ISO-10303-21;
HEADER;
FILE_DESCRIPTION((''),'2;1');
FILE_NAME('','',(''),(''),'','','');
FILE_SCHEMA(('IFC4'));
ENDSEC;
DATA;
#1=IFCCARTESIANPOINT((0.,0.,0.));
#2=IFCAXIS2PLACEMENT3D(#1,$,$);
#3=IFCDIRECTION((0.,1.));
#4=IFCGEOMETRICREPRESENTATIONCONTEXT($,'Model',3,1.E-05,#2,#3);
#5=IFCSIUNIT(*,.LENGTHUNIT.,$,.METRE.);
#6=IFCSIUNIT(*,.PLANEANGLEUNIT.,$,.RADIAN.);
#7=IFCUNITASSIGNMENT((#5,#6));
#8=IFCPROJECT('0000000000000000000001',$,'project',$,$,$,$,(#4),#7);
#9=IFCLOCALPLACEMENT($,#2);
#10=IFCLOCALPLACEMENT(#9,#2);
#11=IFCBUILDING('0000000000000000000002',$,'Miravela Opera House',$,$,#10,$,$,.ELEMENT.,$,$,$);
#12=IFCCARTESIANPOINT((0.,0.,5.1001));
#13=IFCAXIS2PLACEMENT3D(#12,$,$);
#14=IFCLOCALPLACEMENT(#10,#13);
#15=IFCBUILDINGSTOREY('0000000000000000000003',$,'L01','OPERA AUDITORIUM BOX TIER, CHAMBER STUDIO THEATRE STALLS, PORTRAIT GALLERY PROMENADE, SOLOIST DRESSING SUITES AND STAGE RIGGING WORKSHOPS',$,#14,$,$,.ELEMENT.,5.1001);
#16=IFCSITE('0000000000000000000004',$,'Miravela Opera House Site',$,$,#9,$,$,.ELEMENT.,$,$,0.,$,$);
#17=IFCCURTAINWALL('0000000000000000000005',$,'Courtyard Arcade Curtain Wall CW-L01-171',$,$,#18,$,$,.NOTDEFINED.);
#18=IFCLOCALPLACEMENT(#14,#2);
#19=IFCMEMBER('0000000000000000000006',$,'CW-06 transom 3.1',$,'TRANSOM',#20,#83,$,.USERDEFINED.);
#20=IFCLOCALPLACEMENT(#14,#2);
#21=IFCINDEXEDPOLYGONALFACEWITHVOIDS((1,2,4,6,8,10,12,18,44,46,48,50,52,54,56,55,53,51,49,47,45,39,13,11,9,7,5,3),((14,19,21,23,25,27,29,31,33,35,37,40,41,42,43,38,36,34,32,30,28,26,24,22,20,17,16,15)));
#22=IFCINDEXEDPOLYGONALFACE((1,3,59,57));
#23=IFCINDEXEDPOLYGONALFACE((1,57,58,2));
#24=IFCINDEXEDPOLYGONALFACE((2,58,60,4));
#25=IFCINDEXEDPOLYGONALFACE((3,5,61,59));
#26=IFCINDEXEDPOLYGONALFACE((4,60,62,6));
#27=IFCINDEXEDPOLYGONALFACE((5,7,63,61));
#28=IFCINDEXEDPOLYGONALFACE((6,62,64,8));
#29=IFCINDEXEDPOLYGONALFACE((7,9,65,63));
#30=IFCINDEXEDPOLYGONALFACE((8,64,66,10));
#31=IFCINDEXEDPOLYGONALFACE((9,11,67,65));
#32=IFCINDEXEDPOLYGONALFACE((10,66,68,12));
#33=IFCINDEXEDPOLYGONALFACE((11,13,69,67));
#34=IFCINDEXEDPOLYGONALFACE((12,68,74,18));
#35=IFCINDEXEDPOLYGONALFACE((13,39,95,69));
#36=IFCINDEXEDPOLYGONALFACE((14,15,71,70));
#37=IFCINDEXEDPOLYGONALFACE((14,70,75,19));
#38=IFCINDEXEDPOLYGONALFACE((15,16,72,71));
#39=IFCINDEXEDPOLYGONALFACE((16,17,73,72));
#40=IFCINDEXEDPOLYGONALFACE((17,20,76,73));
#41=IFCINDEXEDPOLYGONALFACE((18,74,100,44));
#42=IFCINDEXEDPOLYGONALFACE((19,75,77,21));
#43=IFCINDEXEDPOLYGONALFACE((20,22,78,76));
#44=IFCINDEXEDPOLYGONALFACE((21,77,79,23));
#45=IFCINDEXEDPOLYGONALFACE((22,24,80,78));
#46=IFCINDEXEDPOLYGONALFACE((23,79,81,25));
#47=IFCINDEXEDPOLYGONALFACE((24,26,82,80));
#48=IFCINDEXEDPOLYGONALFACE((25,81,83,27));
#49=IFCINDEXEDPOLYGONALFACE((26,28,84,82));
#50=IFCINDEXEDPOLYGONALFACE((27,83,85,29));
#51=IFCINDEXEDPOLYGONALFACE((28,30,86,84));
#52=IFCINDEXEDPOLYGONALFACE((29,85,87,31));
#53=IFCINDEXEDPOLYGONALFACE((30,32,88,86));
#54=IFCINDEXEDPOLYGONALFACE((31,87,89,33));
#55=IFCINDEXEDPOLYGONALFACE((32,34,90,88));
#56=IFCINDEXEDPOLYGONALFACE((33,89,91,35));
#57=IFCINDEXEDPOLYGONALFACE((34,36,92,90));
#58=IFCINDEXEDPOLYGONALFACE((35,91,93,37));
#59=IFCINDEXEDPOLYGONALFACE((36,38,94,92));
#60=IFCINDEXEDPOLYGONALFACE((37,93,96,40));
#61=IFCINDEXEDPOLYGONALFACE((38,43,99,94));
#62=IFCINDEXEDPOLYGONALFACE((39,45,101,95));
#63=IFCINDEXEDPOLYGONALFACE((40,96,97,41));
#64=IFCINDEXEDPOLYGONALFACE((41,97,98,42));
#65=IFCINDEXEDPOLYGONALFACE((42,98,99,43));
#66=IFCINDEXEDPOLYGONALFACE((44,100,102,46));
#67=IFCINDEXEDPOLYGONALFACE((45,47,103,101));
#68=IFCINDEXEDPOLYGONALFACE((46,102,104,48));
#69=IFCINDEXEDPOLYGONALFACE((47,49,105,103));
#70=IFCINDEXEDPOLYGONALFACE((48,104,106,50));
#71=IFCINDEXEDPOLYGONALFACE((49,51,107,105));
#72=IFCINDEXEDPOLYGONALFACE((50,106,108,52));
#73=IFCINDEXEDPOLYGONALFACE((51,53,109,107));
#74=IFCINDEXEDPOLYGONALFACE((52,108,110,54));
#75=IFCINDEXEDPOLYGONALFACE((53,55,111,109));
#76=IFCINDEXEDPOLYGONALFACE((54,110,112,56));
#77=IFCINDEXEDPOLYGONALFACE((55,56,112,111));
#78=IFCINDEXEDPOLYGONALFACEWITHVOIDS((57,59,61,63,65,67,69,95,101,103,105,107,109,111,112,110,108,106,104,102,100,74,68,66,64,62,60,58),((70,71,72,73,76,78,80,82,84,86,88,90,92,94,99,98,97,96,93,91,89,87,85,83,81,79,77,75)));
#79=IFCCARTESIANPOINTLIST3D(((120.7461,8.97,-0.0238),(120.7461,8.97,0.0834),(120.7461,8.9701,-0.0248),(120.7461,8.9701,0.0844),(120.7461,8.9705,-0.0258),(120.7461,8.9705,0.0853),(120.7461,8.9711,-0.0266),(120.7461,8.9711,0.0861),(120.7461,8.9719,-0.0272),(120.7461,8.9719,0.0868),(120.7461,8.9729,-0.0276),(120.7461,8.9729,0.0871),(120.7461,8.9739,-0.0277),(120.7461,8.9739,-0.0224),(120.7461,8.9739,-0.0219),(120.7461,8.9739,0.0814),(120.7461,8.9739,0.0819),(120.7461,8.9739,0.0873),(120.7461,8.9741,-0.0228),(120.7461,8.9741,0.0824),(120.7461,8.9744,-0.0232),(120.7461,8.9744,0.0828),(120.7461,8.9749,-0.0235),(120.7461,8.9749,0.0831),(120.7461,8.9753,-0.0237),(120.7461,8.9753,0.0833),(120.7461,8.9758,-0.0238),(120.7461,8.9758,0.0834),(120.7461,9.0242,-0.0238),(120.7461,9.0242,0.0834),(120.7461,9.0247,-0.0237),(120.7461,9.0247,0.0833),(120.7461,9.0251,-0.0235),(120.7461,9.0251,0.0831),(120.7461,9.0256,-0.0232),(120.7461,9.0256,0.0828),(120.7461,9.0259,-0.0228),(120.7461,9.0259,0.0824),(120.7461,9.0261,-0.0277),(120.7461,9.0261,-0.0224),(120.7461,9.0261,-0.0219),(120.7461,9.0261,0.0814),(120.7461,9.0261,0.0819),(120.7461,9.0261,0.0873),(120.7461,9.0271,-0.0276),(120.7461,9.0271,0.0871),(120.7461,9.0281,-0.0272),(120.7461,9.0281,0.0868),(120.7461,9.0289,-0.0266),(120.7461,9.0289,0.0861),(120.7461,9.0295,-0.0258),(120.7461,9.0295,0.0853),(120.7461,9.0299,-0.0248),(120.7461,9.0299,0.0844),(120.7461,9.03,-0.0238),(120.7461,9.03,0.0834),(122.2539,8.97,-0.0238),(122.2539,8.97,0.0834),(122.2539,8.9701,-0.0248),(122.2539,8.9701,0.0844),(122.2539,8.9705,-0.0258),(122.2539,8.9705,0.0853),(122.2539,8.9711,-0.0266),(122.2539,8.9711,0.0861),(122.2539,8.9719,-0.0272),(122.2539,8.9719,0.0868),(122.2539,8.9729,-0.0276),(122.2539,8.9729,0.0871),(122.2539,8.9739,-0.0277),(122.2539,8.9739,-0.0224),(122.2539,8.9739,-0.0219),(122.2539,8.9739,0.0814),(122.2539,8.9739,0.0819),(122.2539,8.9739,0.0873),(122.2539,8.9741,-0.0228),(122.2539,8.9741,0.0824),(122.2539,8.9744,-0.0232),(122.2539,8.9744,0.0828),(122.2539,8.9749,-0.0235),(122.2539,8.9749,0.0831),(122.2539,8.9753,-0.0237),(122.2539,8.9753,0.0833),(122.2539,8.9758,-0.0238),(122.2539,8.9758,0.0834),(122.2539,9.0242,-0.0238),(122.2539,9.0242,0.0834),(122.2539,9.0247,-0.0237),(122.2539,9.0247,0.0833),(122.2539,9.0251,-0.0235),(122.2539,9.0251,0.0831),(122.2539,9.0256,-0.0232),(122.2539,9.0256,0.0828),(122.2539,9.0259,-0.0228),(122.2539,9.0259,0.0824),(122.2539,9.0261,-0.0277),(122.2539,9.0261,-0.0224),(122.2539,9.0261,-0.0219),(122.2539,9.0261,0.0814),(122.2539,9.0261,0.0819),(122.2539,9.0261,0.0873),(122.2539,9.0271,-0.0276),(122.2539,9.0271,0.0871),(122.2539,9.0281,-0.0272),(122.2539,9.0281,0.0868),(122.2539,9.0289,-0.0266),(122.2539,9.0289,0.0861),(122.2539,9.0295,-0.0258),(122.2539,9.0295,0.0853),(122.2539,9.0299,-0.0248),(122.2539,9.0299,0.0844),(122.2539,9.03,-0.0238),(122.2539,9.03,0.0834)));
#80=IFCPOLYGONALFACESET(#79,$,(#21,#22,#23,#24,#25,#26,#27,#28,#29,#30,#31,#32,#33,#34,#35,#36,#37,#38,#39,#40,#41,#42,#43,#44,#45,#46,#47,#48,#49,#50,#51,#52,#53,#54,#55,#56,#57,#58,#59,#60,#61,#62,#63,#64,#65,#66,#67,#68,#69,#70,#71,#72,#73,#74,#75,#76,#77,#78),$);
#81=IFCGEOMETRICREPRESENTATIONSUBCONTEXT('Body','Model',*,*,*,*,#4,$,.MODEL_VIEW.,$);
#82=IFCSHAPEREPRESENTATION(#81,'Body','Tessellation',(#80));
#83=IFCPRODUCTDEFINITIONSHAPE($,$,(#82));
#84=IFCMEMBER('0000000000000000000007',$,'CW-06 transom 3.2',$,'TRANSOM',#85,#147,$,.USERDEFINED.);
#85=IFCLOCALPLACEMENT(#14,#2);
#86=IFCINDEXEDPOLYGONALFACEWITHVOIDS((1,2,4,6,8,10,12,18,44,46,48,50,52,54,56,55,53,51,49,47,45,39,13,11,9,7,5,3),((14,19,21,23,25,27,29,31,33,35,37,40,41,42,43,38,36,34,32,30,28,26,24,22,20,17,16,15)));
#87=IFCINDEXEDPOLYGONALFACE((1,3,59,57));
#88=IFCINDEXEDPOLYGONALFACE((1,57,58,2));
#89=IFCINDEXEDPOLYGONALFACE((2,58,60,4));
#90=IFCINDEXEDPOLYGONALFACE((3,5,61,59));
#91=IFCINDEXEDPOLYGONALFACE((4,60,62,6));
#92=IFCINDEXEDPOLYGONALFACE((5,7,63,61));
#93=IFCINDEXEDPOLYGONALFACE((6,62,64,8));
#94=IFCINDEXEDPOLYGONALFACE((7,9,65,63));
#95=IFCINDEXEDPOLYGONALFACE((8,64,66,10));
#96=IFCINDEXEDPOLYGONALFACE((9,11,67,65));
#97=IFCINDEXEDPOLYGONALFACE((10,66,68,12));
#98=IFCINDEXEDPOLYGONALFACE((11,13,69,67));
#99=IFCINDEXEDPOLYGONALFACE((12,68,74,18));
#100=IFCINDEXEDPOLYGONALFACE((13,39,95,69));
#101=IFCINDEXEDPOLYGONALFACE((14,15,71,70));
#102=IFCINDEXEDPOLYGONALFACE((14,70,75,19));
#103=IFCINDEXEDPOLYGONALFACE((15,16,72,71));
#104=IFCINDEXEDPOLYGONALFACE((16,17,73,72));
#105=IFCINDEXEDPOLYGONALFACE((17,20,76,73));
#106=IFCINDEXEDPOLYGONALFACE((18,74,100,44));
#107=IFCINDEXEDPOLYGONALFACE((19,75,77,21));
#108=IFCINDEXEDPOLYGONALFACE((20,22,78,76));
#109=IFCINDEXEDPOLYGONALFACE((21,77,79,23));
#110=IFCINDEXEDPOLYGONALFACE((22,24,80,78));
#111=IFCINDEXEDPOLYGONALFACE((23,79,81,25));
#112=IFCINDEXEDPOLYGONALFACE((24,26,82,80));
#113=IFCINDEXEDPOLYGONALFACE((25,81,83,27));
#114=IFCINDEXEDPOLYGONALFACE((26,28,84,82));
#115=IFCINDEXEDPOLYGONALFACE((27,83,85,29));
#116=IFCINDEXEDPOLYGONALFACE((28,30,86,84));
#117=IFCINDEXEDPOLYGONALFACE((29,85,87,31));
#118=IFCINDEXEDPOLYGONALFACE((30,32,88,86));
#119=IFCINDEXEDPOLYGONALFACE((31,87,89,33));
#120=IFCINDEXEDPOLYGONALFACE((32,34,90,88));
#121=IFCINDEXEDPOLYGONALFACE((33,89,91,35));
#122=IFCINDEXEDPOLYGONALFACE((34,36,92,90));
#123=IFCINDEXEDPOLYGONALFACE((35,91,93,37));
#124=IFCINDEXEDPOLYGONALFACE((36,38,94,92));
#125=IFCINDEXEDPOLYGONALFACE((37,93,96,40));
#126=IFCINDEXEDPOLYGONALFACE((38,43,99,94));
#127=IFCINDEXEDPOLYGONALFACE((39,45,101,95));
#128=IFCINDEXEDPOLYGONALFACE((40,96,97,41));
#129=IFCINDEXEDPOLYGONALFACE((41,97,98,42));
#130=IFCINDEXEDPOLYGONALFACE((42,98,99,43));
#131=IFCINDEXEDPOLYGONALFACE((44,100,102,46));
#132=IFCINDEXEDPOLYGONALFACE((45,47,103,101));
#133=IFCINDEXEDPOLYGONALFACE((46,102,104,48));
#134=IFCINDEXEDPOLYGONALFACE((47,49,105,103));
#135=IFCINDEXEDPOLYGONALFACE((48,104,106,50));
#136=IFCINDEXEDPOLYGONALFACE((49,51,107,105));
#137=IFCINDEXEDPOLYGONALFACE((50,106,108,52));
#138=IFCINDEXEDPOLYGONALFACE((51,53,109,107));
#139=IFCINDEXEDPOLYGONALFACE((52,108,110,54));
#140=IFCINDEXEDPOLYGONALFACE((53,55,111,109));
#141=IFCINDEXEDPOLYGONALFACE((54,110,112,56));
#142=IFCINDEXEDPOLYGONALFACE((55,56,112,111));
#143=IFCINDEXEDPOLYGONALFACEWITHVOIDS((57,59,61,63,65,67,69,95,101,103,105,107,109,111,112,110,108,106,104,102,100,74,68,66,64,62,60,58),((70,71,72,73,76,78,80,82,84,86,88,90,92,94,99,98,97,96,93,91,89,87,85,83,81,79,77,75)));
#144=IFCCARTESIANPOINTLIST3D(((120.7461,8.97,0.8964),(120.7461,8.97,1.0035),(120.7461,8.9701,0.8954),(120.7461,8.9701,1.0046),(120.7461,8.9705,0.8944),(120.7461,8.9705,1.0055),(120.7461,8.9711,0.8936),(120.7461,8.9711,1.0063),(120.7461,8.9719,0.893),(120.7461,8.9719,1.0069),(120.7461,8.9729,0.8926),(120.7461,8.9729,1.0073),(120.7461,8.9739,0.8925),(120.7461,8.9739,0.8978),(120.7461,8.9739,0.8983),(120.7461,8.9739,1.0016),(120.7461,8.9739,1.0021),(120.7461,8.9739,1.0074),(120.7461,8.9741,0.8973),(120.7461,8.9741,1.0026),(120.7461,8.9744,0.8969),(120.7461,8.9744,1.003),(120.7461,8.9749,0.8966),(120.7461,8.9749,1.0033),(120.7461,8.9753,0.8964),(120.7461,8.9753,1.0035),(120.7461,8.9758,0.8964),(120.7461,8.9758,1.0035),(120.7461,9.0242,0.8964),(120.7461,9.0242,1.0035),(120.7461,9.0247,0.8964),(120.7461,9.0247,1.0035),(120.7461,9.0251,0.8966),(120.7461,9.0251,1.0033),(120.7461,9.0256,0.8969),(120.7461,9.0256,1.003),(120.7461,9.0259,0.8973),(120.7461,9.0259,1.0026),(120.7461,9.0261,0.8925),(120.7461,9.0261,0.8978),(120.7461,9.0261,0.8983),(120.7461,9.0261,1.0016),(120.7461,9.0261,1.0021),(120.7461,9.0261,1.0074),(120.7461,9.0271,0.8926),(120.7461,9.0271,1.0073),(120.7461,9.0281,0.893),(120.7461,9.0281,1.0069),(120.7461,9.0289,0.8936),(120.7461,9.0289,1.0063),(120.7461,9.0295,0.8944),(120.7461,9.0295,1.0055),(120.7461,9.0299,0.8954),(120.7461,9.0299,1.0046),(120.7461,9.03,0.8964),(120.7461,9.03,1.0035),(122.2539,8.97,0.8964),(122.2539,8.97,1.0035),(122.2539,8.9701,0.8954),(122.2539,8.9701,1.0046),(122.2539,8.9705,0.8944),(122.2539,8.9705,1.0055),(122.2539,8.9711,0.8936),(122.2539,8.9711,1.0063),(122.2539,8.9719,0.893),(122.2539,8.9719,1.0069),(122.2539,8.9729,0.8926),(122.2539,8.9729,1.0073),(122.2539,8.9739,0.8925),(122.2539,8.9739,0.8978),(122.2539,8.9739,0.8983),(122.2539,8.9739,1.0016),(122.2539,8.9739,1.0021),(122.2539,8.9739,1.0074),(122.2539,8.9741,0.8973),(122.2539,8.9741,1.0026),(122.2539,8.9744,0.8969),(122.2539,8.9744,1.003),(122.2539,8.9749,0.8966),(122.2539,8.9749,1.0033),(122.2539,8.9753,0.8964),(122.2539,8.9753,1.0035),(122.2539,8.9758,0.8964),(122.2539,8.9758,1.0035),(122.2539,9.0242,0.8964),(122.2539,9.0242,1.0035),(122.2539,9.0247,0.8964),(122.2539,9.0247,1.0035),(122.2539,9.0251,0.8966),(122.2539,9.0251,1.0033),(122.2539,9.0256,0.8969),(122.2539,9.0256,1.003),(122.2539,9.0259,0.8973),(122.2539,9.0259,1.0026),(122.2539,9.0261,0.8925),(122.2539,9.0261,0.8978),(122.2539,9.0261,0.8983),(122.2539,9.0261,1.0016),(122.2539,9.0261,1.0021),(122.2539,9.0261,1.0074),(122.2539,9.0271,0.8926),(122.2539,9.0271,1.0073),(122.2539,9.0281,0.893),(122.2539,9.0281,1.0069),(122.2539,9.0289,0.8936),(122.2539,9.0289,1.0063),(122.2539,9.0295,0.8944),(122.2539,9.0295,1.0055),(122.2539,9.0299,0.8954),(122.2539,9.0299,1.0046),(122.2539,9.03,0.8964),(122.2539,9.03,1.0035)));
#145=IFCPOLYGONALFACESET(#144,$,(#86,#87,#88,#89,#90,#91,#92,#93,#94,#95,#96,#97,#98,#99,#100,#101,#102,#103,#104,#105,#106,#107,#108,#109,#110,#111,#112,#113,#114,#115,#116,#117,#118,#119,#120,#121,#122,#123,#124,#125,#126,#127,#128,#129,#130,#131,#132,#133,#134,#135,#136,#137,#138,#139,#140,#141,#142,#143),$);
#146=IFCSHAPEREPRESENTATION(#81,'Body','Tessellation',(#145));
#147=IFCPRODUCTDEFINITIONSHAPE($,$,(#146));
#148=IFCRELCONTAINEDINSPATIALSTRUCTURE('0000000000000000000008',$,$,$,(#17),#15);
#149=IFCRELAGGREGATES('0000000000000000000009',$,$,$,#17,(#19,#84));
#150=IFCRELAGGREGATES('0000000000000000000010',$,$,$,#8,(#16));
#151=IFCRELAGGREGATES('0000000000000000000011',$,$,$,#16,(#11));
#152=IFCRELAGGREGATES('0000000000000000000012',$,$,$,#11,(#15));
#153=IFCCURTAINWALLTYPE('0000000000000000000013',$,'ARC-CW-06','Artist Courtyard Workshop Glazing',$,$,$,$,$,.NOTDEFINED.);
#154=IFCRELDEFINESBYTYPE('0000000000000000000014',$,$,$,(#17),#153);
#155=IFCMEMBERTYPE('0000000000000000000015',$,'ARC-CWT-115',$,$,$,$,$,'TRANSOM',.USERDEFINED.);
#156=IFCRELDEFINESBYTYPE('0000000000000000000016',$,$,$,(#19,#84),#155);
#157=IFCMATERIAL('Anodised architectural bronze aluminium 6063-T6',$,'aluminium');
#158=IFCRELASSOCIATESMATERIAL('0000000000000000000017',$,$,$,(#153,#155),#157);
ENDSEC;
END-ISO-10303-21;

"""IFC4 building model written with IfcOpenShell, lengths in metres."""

from ifc_helpers import new_model, si_unit, direction, frame, origin, origin_2d, place, context, subcontext, project, spatial, hollow_rectangle, extrude, material, material_profile, profile_set, type_object, element, aggregate, save


model = new_model("IFC4")

# Units and contexts
model_context = context("Model", 3, precision=1e-05, world=origin(), true_north=direction((0.0, 1.0)))
body_context = subcontext(model_context, "Body", "Model", "MODEL_VIEW")
ifc_project = project(units=[si_unit("LENGTHUNIT", "METRE"), si_unit("PLANEANGLEUNIT", "RADIAN")], contexts=[model_context])

# Site, building, storey
site_placement = place(None, origin())
site = spatial("IfcSite", under=ifc_project, at=site_placement, Name="Miravela Opera House Site", CompositionType="ELEMENT", RefElevation=0.0)
building_placement = place(site_placement, origin())
building = spatial("IfcBuilding", under=site, at=building_placement, Name="Miravela Opera House", CompositionType="ELEMENT")
storey_placement = place(building_placement, frame((0.0, 0.0, 5.1001)))
storey = spatial("IfcBuildingStorey", under=building, at=storey_placement, Name="L01", Description="OPERA AUDITORIUM BOX TIER, CHAMBER STUDIO THEATRE STALLS, PORTRAIT GALLERY PROMENADE, SOLOIST DRESSING SUITES AND STAGE RIGGING WORKSHOPS", CompositionType="ELEMENT", Elevation=5.1001)

# Curtain wall, members
ifc_material_1 = material(Name="Anodised architectural bronze aluminium 6063-T6", Category="aluminium")
curtain_wall_type = type_object("IfcCurtainWallType", Name="ARC-CW-06", Description="Artist Courtyard Workshop Glazing", PredefinedType="NOTDEFINED", material=ifc_material_1)
curtain_wall_placement = place(storey_placement, origin())
curtain_wall = element("IfcCurtainWall", 1, at=curtain_wall_placement, inside=storey, type_object=curtain_wall_type, Name="Courtyard Arcade Curtain Wall CW-L01-171", PredefinedType="NOTDEFINED")
ifc_material_profile_1 = material_profile(ifc_material_1, hollow_rectangle(XDim=0.0601, YDim=0.115, WallThickness=0.0039, InnerFilletRadius=0.002, OuterFilletRadius=0.0039, at=origin_2d()), Name="CWT-60X115")
ifc_profile_set_1 = profile_set([ifc_material_profile_1])
member_type_1 = type_object("IfcMemberType", Name="ARC-CWT-115", ElementType="TRANSOM", PredefinedType="USERDEFINED", material=ifc_profile_set_1)
member_1_placement = place(storey_placement, frame((120.7461, 9.0, 0.0298), z_axis=(1.0, 0.0, 0.0), x_axis=(0.0, 1.0, 0.0)))
member_1 = element("IfcMember", 2, at=member_1_placement, type_object=member_type_1, Name="CW-06 transom 3.1", ObjectType="TRANSOM", PredefinedType="USERDEFINED", context=body_context, shape_type="SweptSolid", body=[
    extrude(hollow_rectangle(XDim=0.0601, YDim=0.115, WallThickness=0.0039, InnerFilletRadius=0.002, OuterFilletRadius=0.0039, at=origin_2d()), origin(), (0.0, 0.0, 1.0), 1.5078),
])
member_2_placement = place(storey_placement, frame((120.7461, 9.0, 0.95), z_axis=(1.0, 0.0, 0.0), x_axis=(0.0, 1.0, 0.0)))
member_2 = element("IfcMember", 3, at=member_2_placement, type_object=member_type_1, Name="CW-06 transom 3.2", ObjectType="TRANSOM", PredefinedType="USERDEFINED", context=body_context, shape_type="SweptSolid", body=[
    extrude(hollow_rectangle(XDim=0.0601, YDim=0.115, WallThickness=0.0039, InnerFilletRadius=0.002, OuterFilletRadius=0.0039, at=origin_2d()), origin(), (0.0, 0.0, 1.0), 1.5078),
])

aggregate(curtain_wall, [member_1, member_2])

save(model, "model.ifc")
